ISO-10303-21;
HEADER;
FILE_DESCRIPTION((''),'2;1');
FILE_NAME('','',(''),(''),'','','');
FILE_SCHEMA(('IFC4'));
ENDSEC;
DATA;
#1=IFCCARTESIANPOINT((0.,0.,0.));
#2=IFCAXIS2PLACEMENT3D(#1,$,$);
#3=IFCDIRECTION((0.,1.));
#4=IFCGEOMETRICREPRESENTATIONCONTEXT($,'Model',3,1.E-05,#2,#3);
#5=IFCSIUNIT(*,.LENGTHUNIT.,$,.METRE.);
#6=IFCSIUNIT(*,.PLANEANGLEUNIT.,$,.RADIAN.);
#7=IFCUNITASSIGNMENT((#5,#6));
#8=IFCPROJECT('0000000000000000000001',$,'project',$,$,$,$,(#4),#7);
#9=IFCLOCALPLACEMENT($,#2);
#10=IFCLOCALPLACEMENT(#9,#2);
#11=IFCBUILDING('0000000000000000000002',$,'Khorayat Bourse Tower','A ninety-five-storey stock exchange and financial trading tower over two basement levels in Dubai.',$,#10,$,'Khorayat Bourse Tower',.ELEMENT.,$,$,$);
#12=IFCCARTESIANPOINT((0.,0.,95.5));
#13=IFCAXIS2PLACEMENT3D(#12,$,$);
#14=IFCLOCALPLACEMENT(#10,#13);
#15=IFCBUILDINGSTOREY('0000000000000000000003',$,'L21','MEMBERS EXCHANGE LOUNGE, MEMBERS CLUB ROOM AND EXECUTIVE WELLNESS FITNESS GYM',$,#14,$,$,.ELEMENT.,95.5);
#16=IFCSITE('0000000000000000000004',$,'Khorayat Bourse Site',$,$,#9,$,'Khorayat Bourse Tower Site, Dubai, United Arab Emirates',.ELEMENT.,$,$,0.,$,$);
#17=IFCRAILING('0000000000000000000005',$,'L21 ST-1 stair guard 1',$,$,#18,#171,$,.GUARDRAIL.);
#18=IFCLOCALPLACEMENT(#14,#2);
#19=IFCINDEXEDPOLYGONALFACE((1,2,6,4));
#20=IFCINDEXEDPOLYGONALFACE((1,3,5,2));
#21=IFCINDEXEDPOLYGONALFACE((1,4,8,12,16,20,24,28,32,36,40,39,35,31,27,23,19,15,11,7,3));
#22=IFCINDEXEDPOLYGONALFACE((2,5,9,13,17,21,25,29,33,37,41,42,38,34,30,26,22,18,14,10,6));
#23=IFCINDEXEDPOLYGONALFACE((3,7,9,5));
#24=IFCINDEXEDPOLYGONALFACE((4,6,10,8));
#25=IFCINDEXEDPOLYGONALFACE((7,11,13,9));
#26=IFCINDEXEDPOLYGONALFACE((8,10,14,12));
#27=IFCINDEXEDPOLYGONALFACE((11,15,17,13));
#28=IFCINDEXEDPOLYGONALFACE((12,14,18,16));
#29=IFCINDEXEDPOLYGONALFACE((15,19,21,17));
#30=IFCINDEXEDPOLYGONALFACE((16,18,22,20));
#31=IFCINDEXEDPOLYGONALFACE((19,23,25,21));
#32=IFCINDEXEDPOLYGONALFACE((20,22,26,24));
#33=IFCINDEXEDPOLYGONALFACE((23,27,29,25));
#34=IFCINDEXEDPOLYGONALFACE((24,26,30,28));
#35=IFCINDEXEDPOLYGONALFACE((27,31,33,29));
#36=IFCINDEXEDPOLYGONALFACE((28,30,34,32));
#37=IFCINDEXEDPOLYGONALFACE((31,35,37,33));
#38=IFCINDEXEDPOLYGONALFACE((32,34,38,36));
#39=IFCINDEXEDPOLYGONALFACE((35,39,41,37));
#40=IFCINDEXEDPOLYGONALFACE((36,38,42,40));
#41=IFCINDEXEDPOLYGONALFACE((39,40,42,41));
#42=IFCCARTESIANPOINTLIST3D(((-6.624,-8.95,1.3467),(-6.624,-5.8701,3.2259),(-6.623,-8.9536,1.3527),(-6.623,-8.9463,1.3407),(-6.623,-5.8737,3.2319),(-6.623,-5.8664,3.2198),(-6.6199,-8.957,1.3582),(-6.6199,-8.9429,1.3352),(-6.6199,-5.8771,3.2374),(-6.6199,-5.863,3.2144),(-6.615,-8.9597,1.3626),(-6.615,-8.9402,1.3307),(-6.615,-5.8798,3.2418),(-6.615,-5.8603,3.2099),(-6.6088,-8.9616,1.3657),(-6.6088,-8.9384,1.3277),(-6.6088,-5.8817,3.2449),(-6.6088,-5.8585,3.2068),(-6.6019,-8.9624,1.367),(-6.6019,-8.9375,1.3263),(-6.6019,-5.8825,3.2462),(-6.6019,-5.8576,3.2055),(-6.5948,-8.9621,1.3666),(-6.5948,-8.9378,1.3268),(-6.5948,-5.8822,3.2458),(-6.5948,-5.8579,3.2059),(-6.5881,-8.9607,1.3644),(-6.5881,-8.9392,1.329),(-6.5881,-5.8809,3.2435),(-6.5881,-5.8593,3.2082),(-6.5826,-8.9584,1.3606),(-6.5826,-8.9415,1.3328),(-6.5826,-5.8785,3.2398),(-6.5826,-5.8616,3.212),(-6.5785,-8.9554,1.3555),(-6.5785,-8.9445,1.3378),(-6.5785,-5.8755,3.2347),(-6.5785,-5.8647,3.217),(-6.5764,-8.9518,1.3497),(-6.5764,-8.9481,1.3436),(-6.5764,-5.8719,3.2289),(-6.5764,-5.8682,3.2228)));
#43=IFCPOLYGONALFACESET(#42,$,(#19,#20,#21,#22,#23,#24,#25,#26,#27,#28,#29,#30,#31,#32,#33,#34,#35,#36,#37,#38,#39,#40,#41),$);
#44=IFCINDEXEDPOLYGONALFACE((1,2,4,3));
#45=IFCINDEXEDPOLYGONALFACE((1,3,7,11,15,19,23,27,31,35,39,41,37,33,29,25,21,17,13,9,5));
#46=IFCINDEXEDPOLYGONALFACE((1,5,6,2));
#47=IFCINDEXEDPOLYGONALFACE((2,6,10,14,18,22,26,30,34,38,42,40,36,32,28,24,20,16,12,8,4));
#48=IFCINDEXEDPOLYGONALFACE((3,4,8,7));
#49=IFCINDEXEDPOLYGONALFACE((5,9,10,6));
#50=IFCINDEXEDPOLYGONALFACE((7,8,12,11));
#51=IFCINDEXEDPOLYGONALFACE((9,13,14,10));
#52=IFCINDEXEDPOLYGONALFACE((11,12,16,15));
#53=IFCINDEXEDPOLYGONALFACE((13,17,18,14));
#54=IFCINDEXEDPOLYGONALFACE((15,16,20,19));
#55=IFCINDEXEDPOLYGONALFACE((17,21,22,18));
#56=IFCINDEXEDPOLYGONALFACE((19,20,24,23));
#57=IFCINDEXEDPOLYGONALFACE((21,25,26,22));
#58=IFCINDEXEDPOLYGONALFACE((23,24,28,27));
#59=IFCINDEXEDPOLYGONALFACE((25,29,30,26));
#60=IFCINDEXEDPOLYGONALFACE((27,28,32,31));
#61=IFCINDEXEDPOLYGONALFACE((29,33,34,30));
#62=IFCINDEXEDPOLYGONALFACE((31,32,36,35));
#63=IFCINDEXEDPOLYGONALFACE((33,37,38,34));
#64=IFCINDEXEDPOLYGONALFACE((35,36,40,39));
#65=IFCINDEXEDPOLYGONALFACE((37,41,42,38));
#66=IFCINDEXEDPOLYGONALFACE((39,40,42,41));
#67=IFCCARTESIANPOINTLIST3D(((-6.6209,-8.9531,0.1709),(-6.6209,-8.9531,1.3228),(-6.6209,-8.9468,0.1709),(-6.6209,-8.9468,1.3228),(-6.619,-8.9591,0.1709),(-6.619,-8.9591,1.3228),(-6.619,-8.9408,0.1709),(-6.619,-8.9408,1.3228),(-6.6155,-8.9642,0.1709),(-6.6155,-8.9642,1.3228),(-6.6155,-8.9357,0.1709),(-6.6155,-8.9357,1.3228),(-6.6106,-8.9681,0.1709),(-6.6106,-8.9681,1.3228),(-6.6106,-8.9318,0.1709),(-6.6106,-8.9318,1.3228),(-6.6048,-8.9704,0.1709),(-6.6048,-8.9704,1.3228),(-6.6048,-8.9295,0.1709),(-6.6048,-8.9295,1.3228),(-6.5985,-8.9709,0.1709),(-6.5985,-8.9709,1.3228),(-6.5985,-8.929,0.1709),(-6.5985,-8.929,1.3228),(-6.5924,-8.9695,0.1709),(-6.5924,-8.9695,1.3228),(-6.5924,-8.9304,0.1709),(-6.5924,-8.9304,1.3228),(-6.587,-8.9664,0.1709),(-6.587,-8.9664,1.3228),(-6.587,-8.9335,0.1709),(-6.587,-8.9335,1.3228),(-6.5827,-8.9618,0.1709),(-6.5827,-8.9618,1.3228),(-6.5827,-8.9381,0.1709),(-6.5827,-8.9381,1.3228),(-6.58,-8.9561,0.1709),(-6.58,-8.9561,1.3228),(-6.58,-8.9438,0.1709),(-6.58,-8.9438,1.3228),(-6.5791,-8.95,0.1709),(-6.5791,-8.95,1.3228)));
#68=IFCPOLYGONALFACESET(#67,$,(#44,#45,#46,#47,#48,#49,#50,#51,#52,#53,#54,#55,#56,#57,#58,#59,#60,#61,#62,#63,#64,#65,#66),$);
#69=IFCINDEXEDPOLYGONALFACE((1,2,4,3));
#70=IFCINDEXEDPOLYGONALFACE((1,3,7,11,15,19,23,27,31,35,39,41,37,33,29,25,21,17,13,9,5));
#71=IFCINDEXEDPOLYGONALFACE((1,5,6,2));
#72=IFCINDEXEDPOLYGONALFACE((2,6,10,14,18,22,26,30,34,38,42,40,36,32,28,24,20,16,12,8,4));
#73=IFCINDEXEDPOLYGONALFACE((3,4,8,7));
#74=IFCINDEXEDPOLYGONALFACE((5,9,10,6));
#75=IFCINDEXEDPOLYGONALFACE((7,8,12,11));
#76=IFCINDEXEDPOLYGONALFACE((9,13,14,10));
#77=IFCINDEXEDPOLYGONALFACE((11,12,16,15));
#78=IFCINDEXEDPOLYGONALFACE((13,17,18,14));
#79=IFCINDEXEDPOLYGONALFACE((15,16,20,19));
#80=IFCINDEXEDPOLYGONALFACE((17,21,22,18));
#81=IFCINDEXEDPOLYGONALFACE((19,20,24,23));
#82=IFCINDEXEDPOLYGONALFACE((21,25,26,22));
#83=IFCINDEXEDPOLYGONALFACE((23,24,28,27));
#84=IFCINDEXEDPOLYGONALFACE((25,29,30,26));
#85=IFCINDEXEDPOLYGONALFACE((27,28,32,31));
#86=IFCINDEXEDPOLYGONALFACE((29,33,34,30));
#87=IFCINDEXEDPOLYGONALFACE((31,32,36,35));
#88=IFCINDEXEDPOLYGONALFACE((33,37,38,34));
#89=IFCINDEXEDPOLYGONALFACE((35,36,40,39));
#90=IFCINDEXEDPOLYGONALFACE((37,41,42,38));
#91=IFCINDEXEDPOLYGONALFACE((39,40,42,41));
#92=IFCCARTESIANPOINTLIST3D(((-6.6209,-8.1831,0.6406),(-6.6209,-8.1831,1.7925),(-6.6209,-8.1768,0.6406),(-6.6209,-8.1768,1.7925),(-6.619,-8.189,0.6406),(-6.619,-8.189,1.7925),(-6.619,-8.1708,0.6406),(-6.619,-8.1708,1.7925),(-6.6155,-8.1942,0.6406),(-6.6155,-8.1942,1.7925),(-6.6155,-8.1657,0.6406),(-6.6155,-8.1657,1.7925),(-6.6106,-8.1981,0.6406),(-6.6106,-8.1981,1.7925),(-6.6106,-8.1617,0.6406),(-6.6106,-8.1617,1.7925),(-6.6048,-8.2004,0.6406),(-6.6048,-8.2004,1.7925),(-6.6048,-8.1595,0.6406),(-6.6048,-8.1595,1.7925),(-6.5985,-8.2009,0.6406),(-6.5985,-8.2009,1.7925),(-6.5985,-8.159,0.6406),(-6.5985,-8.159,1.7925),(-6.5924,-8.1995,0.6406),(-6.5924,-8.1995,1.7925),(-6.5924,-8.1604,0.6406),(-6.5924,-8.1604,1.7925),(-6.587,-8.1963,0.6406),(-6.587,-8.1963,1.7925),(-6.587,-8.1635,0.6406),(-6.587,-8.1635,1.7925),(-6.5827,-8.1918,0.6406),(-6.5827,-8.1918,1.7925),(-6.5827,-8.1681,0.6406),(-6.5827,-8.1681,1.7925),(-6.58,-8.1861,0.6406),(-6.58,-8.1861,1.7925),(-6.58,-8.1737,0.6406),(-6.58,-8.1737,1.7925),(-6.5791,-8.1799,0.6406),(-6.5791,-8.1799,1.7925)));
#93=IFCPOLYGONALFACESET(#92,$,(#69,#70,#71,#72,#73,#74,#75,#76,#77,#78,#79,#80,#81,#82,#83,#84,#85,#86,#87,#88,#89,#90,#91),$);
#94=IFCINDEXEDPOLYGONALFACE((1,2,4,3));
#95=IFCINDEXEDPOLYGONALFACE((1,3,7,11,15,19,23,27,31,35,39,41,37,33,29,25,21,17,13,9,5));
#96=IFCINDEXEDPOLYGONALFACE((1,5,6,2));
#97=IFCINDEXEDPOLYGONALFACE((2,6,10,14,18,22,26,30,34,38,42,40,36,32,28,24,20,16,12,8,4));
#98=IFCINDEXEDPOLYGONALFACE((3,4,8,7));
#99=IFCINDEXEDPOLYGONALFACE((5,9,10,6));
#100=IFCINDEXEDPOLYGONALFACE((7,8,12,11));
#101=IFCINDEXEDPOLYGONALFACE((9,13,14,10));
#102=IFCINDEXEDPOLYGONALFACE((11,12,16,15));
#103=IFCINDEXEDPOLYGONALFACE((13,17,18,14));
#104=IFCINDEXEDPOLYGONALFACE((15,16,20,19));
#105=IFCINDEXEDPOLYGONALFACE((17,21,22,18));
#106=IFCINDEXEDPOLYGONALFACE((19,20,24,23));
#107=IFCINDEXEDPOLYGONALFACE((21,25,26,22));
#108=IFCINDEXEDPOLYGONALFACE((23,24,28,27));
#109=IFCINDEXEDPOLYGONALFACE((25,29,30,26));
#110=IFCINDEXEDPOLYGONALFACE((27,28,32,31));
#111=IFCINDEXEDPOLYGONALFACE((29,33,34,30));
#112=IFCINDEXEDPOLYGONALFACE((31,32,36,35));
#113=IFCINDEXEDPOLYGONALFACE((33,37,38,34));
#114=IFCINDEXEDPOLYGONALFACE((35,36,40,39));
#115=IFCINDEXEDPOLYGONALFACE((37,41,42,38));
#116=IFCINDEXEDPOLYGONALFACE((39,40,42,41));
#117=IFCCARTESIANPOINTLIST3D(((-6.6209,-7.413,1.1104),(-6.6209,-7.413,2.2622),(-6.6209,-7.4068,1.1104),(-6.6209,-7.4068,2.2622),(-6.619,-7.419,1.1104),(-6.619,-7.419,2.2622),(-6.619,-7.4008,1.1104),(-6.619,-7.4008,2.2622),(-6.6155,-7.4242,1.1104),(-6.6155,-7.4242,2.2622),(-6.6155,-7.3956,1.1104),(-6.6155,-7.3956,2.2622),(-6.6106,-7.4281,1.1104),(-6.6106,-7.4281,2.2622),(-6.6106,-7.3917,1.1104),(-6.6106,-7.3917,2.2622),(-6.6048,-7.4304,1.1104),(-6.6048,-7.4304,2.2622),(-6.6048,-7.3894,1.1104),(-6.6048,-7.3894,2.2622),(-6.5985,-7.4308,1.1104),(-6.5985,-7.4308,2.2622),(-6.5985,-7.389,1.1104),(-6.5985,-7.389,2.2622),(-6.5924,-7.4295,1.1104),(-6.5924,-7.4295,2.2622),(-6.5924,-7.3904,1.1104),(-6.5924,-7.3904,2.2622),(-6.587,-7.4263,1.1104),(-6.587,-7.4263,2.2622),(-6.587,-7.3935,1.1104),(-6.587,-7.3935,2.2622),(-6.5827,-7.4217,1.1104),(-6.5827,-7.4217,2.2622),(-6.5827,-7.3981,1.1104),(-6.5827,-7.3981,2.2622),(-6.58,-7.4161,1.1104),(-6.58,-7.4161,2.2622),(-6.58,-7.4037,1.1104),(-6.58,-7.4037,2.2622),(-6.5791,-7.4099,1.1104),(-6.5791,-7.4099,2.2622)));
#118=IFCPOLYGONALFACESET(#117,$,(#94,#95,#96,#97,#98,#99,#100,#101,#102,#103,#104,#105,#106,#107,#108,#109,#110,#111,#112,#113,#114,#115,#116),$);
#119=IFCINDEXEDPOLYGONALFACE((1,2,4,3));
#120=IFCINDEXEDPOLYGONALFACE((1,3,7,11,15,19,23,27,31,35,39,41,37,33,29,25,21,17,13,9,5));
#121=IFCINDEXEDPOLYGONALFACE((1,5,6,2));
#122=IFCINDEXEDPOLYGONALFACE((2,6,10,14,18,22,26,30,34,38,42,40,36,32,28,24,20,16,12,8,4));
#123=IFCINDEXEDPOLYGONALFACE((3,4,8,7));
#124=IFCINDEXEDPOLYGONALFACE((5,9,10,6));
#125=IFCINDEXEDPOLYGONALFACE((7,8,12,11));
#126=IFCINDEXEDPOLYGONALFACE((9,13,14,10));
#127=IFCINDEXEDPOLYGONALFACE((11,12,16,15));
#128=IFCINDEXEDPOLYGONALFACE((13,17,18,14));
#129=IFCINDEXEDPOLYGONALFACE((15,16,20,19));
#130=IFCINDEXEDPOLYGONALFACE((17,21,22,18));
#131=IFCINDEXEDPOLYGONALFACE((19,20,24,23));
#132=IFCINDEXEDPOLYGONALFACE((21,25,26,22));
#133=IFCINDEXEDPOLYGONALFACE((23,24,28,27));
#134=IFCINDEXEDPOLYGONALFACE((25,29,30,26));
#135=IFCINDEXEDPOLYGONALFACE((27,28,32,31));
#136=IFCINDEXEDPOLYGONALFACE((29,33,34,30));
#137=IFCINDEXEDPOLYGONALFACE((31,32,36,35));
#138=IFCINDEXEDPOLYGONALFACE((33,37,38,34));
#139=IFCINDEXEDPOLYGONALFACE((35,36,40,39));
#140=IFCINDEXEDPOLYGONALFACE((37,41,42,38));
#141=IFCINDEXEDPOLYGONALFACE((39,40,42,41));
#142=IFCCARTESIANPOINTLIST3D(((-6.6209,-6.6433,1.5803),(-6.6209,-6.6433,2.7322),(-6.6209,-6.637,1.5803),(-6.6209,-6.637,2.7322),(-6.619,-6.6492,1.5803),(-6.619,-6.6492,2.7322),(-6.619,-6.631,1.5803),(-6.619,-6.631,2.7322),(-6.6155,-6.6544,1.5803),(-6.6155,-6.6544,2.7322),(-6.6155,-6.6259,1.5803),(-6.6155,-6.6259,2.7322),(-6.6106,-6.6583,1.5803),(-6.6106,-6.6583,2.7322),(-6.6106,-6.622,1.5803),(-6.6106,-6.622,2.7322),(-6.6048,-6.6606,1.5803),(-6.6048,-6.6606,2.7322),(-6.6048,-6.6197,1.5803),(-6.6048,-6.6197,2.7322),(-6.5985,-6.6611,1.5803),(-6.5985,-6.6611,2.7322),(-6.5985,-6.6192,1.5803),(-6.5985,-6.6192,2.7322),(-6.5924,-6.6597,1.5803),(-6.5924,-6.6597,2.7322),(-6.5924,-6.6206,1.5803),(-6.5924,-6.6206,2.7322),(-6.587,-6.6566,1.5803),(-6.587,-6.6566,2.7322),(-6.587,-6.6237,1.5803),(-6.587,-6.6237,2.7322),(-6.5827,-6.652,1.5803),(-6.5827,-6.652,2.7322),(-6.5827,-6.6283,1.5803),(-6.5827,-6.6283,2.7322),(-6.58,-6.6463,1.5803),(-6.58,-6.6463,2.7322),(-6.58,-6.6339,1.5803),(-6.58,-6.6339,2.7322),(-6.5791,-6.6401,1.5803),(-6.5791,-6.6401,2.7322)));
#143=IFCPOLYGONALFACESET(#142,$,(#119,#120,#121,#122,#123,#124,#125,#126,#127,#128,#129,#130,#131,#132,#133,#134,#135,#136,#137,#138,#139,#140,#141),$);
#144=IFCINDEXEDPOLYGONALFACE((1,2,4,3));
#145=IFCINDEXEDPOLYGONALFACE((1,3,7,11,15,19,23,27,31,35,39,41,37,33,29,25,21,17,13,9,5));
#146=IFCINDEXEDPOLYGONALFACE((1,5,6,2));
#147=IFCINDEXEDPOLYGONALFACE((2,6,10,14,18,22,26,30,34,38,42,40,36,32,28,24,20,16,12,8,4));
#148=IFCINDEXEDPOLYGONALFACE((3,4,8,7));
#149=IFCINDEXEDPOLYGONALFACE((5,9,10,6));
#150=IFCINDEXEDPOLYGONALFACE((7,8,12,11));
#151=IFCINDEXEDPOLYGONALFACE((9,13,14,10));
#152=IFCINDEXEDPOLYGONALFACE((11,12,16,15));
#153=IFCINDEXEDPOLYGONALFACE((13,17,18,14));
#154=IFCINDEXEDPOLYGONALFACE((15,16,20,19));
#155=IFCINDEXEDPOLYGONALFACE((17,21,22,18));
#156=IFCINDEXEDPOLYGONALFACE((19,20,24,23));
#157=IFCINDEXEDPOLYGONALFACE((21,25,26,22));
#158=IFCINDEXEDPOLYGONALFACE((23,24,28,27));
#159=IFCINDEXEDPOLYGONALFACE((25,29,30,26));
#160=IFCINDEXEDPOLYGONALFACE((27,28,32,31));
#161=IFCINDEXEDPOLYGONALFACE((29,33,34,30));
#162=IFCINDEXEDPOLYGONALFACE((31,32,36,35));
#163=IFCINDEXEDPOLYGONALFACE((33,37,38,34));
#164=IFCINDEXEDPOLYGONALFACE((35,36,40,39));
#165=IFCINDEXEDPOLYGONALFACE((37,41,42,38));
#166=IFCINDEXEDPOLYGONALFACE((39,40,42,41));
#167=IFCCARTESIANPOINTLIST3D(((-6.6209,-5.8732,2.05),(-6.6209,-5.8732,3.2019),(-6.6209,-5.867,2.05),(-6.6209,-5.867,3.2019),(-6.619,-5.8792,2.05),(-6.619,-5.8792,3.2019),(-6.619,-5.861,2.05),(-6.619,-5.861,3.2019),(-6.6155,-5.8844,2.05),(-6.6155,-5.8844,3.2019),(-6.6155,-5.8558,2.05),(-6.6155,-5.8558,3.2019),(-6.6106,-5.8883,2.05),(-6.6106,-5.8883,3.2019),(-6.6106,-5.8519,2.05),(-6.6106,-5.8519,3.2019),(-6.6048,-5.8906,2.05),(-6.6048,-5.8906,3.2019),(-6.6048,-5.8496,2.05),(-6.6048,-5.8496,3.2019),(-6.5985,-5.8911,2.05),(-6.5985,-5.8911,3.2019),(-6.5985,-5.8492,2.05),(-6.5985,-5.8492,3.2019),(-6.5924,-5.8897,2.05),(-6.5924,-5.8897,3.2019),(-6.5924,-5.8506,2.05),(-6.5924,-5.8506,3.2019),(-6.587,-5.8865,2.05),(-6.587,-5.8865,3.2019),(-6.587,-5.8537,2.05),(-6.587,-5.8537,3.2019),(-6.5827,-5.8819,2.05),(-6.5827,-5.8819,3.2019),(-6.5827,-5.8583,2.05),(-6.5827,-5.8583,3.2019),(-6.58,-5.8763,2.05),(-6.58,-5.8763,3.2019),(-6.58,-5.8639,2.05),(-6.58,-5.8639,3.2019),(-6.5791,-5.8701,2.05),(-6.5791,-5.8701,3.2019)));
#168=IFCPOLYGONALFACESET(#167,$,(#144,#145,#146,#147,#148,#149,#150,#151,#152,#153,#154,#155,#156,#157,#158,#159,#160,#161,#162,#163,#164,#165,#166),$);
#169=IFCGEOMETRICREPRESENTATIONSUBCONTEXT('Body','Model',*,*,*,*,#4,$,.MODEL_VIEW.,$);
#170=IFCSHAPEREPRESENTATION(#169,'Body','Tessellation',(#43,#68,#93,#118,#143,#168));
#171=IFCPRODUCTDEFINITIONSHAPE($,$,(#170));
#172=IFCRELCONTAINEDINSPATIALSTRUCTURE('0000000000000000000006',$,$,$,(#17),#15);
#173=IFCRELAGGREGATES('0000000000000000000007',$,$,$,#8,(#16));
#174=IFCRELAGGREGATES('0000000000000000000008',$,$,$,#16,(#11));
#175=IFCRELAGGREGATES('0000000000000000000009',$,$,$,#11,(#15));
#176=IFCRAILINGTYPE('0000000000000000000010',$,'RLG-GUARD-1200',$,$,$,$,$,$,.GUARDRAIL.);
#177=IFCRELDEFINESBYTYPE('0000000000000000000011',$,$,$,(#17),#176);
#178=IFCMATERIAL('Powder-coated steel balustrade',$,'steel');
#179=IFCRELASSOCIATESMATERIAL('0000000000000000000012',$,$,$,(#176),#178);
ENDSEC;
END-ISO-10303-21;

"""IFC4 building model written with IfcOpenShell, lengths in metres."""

from ifc_helpers import new_model, si_unit, direction, frame, origin, origin_2d, place, context, subcontext, project, spatial, circle, extrude, source, transform, mapped, material, type_object, element, save


model = new_model("IFC4")

# Units and contexts
model_context = context("Model", 3, precision=1e-05, world=origin(), true_north=direction((0.0, 1.0)))
body_context = subcontext(model_context, "Body", "Model", "MODEL_VIEW")
ifc_project = project(units=[si_unit("LENGTHUNIT", "METRE"), si_unit("PLANEANGLEUNIT", "RADIAN")], contexts=[model_context])

# Site, building, storey
site_placement = place(None, origin())
site = spatial("IfcSite", under=ifc_project, at=site_placement, Name="Khorayat Bourse Site", LongName="Khorayat Bourse Tower Site, Dubai, United Arab Emirates", CompositionType="ELEMENT", RefElevation=0.0)
building_placement = place(site_placement, origin())
building = spatial("IfcBuilding", under=site, at=building_placement, Name="Khorayat Bourse Tower", Description="A ninety-five-storey stock exchange and financial trading tower over two basement levels in Dubai.", LongName="Khorayat Bourse Tower", CompositionType="ELEMENT")
storey_placement = place(building_placement, frame((0.0, 0.0, 95.5)))
storey = spatial("IfcBuildingStorey", under=building, at=storey_placement, Name="L21", Description="MEMBERS EXCHANGE LOUNGE, MEMBERS CLUB ROOM AND EXECUTIVE WELLNESS FITNESS GYM", CompositionType="ELEMENT", Elevation=95.5)

# Railing
ifc_material_1 = material(Name="Powder-coated steel balustrade", Category="steel")
railing_type_1 = type_object("IfcRailingType", Name="RLG-GUARD-1200", PredefinedType="GUARDRAIL", material=ifc_material_1)
shared_shape_1 = source(origin(), body_context, "Body", "SweptSolid", [
    extrude(circle(Radius=0.0239, at=origin_2d()), frame((0.0, 0.0, 1.1758), z_axis=(0.0, 0.853648, 0.52085), x_axis=(-1.0, 0.0, 0.0)), (0.0, 0.0, 1.0), 3.6079),
    extrude(circle(Radius=0.021, at=origin_2d()), origin(), (0.0, 0.0, 1.0), 1.1519),
    extrude(circle(Radius=0.021, at=origin_2d()), frame((0.0, 0.77, 0.4697)), (0.0, 0.0, 1.0), 1.1519),
    extrude(circle(Radius=0.021, at=origin_2d()), frame((0.0, 1.54, 0.9395)), (0.0, 0.0, 1.0), 1.1519),
    extrude(circle(Radius=0.021, at=origin_2d()), frame((0.0, 2.3098, 1.4094)), (0.0, 0.0, 1.0), 1.1519),
    extrude(circle(Radius=0.021, at=origin_2d()), frame((0.0, 3.0798, 1.8792)), (0.0, 0.0, 1.0), 1.1519),
])
railing_1_placement = place(storey_placement, frame((-6.6001, -8.95, 0.1709)))
element("IfcRailing", 1, at=railing_1_placement, inside=storey, type_object=railing_type_1, Name="L21 ST-1 stair guard 1", PredefinedType="GUARDRAIL", context=body_context, shape_type="MappedRepresentation", body=[
    mapped(shared_shape_1, transform((0.0, 0.0, 0.0), scale=1.0)),
])

save(model, "model.ifc")
